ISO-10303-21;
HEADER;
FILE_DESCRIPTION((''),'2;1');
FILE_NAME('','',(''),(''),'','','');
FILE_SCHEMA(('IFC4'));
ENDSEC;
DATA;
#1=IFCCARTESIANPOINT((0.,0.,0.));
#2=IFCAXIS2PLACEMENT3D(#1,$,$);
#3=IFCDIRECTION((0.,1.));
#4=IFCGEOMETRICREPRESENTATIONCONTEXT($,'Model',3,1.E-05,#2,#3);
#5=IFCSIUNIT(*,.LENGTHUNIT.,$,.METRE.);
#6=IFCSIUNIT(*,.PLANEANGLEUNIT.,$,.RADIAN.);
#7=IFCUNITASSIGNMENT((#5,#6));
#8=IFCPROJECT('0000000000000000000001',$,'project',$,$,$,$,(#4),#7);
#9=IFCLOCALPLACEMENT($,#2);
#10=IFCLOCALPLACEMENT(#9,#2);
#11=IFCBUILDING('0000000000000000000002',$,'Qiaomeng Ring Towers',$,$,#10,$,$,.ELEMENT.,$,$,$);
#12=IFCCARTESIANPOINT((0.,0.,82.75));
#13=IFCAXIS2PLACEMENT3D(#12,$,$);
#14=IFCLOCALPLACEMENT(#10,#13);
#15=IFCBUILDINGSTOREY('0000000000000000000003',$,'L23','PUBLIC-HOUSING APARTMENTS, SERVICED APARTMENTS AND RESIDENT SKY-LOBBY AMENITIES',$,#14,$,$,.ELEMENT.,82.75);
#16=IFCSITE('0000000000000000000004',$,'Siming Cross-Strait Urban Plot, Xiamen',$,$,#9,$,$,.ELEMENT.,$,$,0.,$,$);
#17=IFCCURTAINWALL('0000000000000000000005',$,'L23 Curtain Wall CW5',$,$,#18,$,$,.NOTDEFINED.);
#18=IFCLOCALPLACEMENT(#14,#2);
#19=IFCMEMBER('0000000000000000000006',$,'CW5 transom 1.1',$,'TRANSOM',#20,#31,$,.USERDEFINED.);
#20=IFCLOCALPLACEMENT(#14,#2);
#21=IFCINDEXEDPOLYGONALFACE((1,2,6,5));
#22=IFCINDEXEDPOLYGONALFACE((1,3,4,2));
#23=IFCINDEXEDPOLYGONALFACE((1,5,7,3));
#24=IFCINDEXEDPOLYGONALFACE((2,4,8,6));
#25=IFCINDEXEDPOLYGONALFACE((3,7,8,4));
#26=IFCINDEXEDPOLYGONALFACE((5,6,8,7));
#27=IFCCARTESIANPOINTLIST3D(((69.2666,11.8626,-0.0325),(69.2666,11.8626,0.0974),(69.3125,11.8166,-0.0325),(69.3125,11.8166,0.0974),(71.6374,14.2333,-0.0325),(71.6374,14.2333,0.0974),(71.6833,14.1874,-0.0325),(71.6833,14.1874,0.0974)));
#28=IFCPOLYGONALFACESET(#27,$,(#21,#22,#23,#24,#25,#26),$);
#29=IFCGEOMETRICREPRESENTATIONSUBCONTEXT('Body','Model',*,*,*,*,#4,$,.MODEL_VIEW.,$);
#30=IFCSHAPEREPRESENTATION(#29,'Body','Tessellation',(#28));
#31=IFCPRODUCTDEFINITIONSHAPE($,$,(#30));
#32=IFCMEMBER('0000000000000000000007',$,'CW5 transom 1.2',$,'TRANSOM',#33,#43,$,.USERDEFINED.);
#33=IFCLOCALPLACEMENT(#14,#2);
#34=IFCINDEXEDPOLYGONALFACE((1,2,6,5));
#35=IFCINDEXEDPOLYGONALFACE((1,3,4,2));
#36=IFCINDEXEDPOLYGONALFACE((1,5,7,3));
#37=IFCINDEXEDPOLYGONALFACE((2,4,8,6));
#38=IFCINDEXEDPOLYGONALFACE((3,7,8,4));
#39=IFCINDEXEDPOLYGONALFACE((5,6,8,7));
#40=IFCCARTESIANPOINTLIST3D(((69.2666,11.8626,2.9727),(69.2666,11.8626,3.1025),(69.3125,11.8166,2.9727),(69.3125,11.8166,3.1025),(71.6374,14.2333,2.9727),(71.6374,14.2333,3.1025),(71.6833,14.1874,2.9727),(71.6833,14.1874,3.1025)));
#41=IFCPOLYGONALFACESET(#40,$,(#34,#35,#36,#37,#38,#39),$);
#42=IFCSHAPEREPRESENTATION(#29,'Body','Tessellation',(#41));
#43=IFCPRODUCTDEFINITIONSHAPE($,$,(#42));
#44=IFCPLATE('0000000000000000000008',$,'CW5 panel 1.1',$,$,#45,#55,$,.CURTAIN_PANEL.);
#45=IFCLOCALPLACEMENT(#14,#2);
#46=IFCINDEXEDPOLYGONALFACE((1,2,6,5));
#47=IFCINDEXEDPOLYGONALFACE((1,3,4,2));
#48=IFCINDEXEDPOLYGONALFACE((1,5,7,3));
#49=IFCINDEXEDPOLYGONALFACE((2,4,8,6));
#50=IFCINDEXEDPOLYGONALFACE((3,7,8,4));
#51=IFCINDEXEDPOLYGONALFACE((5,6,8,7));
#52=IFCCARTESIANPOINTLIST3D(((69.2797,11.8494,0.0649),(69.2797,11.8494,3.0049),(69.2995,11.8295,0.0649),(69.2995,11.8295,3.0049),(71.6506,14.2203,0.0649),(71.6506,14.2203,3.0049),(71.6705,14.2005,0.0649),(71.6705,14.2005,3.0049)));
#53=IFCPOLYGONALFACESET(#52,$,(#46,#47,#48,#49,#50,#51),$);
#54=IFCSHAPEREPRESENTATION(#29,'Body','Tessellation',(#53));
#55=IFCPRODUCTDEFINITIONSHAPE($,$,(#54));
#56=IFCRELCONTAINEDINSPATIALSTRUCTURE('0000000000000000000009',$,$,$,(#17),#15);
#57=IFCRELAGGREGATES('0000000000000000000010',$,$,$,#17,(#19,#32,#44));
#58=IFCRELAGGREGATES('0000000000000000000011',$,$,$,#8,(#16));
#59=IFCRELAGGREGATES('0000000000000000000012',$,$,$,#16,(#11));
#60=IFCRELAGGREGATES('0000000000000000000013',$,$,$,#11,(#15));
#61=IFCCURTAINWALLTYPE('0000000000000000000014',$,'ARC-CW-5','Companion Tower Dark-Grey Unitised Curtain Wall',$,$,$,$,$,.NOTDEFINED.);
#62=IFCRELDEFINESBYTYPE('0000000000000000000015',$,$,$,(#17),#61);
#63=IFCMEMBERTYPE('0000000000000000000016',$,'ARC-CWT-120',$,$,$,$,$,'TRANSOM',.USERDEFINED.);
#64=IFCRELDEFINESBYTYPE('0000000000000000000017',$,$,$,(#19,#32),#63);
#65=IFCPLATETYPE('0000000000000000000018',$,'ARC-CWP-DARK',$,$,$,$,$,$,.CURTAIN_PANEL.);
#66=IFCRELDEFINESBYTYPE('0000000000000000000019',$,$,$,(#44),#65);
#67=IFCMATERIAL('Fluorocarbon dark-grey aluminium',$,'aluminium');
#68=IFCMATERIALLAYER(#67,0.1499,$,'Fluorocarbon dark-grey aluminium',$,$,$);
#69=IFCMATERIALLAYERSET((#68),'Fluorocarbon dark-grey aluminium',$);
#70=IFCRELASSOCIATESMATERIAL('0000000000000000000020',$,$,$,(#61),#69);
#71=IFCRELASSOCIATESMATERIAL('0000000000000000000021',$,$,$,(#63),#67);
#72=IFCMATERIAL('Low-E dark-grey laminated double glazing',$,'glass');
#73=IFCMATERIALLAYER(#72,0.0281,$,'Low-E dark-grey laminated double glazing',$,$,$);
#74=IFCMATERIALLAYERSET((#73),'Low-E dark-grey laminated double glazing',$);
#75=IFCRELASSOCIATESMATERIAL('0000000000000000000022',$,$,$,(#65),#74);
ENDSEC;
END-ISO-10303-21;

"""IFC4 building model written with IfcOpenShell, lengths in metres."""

from ifc_helpers import new_model, si_unit, direction, frame, origin, origin_2d, place, context, subcontext, project, spatial, rectangle, extrude, source, transform, mapped, material, layer, layer_set, material_profile, profile_set, type_object, element, aggregate, save


model = new_model("IFC4")

# Units and contexts
model_context = context("Model", 3, precision=1e-05, world=origin(), true_north=direction((0.0, 1.0)))
body_context = subcontext(model_context, "Body", "Model", "MODEL_VIEW")
ifc_project = project(units=[si_unit("LENGTHUNIT", "METRE"), si_unit("PLANEANGLEUNIT", "RADIAN")], contexts=[model_context])

# Site, building, storey
site_placement = place(None, origin())
site = spatial("IfcSite", under=ifc_project, at=site_placement, Name="Siming Cross-Strait Urban Plot, Xiamen", CompositionType="ELEMENT", RefElevation=0.0)
building_placement = place(site_placement, origin())
building = spatial("IfcBuilding", under=site, at=building_placement, Name="Qiaomeng Ring Towers", CompositionType="ELEMENT")
storey_placement = place(building_placement, frame((0.0, 0.0, 82.75)))
storey = spatial("IfcBuildingStorey", under=building, at=storey_placement, Name="L23", Description="PUBLIC-HOUSING APARTMENTS, SERVICED APARTMENTS AND RESIDENT SKY-LOBBY AMENITIES", CompositionType="ELEMENT", Elevation=82.75)

# Curtain wall
ifc_material_1 = material(Name="Fluorocarbon dark-grey aluminium", Category="aluminium")
ifc_layer_1 = layer(ifc_material_1, 0.1499, Name="Fluorocarbon dark-grey aluminium")
ifc_layer_set_1 = layer_set([ifc_layer_1], Name="Fluorocarbon dark-grey aluminium")
curtain_wall_type = type_object("IfcCurtainWallType", Name="ARC-CW-5", Description="Companion Tower Dark-Grey Unitised Curtain Wall", PredefinedType="NOTDEFINED", material=ifc_layer_set_1)
curtain_wall_1_placement = place(storey_placement, origin())
curtain_wall_1 = element("IfcCurtainWall", 1, at=curtain_wall_1_placement, inside=storey, type_object=curtain_wall_type, Name="L23 Curtain Wall CW5", PredefinedType="NOTDEFINED")

# Members
ifc_material_profile_1 = material_profile(ifc_material_1, rectangle(XDim=0.0649, YDim=0.1299, at=origin_2d()), Name="ALU TRAN 65x130")
ifc_profile_set_1 = profile_set([ifc_material_profile_1], Name="Fluorocarbon dark-grey aluminium")
member_type_1 = type_object("IfcMemberType", Name="ARC-CWT-120", ElementType="TRANSOM", PredefinedType="USERDEFINED", material=ifc_profile_set_1)
shared_shape_1 = source(origin(), body_context, "Body", "SweptSolid", [
    extrude(rectangle(XDim=0.0649, YDim=0.1299, at=origin_2d()), origin(), (0.0, 0.0, 1.0), 3.3528),
])
member_1_placement = place(storey_placement, frame((69.2896, 11.8396, 0.0325), z_axis=(0.707107, 0.707107, 0.0), x_axis=(-0.707107, 0.707107, 0.0)))
member_1 = element("IfcMember", 2, at=member_1_placement, type_object=member_type_1, Name="CW5 transom 1.1", ObjectType="TRANSOM", PredefinedType="USERDEFINED", context=body_context, shape_type="MappedRepresentation", body=[
    mapped(shared_shape_1, transform((0.0, 0.0, 0.0), x_axis=(1.0, 0.0, 0.0), y_axis=(0.0, 1.0, 0.0), z_axis=(0.0, 0.0, 1.0), scale=1.0)),
])
member_2_placement = place(storey_placement, frame((69.2896, 11.8396, 3.0376), z_axis=(0.707107, 0.707107, 0.0), x_axis=(-0.707107, 0.707107, 0.0)))
member_2 = element("IfcMember", 3, at=member_2_placement, type_object=member_type_1, Name="CW5 transom 1.2", ObjectType="TRANSOM", PredefinedType="USERDEFINED", context=body_context, shape_type="MappedRepresentation", body=[
    mapped(shared_shape_1, transform((0.0, 0.0, 0.0), x_axis=(1.0, 0.0, 0.0), y_axis=(0.0, 1.0, 0.0), z_axis=(0.0, 0.0, 1.0), scale=1.0)),
])

# Plate
ifc_material_2 = material(Name="Low-E dark-grey laminated double glazing", Category="glass")
ifc_layer_2 = layer(ifc_material_2, 0.0281, Name="Low-E dark-grey laminated double glazing")
ifc_layer_set_2 = layer_set([ifc_layer_2], Name="Low-E dark-grey laminated double glazing")
plate_type = type_object("IfcPlateType", Name="ARC-CWP-DARK", PredefinedType="CURTAIN_PANEL", material=ifc_layer_set_2)
shared_shape_2 = source(origin(), body_context, "Body", "SweptSolid", [
    extrude(rectangle(XDim=3.353, YDim=0.0281, at=origin_2d()), origin(), (0.0, 0.0, 1.0), 2.9399),
])
plate_placement = place(storey_placement, frame((70.4751, 13.0249, 0.0649), z_axis=(0.0, 0.0, 1.0), x_axis=(0.707107, 0.707107, 0.0)))
plate = element("IfcPlate", 4, at=plate_placement, type_object=plate_type, Name="CW5 panel 1.1", PredefinedType="CURTAIN_PANEL", context=body_context, shape_type="MappedRepresentation", body=[
    mapped(shared_shape_2, transform((0.0, 0.0, 0.0), x_axis=(1.0, 0.0, 0.0), y_axis=(0.0, 1.0, 0.0), z_axis=(0.0, 0.0, 1.0), scale=1.0)),
])
aggregate(curtain_wall_1, [member_1, member_2, plate])

save(model, "model.ifc")
